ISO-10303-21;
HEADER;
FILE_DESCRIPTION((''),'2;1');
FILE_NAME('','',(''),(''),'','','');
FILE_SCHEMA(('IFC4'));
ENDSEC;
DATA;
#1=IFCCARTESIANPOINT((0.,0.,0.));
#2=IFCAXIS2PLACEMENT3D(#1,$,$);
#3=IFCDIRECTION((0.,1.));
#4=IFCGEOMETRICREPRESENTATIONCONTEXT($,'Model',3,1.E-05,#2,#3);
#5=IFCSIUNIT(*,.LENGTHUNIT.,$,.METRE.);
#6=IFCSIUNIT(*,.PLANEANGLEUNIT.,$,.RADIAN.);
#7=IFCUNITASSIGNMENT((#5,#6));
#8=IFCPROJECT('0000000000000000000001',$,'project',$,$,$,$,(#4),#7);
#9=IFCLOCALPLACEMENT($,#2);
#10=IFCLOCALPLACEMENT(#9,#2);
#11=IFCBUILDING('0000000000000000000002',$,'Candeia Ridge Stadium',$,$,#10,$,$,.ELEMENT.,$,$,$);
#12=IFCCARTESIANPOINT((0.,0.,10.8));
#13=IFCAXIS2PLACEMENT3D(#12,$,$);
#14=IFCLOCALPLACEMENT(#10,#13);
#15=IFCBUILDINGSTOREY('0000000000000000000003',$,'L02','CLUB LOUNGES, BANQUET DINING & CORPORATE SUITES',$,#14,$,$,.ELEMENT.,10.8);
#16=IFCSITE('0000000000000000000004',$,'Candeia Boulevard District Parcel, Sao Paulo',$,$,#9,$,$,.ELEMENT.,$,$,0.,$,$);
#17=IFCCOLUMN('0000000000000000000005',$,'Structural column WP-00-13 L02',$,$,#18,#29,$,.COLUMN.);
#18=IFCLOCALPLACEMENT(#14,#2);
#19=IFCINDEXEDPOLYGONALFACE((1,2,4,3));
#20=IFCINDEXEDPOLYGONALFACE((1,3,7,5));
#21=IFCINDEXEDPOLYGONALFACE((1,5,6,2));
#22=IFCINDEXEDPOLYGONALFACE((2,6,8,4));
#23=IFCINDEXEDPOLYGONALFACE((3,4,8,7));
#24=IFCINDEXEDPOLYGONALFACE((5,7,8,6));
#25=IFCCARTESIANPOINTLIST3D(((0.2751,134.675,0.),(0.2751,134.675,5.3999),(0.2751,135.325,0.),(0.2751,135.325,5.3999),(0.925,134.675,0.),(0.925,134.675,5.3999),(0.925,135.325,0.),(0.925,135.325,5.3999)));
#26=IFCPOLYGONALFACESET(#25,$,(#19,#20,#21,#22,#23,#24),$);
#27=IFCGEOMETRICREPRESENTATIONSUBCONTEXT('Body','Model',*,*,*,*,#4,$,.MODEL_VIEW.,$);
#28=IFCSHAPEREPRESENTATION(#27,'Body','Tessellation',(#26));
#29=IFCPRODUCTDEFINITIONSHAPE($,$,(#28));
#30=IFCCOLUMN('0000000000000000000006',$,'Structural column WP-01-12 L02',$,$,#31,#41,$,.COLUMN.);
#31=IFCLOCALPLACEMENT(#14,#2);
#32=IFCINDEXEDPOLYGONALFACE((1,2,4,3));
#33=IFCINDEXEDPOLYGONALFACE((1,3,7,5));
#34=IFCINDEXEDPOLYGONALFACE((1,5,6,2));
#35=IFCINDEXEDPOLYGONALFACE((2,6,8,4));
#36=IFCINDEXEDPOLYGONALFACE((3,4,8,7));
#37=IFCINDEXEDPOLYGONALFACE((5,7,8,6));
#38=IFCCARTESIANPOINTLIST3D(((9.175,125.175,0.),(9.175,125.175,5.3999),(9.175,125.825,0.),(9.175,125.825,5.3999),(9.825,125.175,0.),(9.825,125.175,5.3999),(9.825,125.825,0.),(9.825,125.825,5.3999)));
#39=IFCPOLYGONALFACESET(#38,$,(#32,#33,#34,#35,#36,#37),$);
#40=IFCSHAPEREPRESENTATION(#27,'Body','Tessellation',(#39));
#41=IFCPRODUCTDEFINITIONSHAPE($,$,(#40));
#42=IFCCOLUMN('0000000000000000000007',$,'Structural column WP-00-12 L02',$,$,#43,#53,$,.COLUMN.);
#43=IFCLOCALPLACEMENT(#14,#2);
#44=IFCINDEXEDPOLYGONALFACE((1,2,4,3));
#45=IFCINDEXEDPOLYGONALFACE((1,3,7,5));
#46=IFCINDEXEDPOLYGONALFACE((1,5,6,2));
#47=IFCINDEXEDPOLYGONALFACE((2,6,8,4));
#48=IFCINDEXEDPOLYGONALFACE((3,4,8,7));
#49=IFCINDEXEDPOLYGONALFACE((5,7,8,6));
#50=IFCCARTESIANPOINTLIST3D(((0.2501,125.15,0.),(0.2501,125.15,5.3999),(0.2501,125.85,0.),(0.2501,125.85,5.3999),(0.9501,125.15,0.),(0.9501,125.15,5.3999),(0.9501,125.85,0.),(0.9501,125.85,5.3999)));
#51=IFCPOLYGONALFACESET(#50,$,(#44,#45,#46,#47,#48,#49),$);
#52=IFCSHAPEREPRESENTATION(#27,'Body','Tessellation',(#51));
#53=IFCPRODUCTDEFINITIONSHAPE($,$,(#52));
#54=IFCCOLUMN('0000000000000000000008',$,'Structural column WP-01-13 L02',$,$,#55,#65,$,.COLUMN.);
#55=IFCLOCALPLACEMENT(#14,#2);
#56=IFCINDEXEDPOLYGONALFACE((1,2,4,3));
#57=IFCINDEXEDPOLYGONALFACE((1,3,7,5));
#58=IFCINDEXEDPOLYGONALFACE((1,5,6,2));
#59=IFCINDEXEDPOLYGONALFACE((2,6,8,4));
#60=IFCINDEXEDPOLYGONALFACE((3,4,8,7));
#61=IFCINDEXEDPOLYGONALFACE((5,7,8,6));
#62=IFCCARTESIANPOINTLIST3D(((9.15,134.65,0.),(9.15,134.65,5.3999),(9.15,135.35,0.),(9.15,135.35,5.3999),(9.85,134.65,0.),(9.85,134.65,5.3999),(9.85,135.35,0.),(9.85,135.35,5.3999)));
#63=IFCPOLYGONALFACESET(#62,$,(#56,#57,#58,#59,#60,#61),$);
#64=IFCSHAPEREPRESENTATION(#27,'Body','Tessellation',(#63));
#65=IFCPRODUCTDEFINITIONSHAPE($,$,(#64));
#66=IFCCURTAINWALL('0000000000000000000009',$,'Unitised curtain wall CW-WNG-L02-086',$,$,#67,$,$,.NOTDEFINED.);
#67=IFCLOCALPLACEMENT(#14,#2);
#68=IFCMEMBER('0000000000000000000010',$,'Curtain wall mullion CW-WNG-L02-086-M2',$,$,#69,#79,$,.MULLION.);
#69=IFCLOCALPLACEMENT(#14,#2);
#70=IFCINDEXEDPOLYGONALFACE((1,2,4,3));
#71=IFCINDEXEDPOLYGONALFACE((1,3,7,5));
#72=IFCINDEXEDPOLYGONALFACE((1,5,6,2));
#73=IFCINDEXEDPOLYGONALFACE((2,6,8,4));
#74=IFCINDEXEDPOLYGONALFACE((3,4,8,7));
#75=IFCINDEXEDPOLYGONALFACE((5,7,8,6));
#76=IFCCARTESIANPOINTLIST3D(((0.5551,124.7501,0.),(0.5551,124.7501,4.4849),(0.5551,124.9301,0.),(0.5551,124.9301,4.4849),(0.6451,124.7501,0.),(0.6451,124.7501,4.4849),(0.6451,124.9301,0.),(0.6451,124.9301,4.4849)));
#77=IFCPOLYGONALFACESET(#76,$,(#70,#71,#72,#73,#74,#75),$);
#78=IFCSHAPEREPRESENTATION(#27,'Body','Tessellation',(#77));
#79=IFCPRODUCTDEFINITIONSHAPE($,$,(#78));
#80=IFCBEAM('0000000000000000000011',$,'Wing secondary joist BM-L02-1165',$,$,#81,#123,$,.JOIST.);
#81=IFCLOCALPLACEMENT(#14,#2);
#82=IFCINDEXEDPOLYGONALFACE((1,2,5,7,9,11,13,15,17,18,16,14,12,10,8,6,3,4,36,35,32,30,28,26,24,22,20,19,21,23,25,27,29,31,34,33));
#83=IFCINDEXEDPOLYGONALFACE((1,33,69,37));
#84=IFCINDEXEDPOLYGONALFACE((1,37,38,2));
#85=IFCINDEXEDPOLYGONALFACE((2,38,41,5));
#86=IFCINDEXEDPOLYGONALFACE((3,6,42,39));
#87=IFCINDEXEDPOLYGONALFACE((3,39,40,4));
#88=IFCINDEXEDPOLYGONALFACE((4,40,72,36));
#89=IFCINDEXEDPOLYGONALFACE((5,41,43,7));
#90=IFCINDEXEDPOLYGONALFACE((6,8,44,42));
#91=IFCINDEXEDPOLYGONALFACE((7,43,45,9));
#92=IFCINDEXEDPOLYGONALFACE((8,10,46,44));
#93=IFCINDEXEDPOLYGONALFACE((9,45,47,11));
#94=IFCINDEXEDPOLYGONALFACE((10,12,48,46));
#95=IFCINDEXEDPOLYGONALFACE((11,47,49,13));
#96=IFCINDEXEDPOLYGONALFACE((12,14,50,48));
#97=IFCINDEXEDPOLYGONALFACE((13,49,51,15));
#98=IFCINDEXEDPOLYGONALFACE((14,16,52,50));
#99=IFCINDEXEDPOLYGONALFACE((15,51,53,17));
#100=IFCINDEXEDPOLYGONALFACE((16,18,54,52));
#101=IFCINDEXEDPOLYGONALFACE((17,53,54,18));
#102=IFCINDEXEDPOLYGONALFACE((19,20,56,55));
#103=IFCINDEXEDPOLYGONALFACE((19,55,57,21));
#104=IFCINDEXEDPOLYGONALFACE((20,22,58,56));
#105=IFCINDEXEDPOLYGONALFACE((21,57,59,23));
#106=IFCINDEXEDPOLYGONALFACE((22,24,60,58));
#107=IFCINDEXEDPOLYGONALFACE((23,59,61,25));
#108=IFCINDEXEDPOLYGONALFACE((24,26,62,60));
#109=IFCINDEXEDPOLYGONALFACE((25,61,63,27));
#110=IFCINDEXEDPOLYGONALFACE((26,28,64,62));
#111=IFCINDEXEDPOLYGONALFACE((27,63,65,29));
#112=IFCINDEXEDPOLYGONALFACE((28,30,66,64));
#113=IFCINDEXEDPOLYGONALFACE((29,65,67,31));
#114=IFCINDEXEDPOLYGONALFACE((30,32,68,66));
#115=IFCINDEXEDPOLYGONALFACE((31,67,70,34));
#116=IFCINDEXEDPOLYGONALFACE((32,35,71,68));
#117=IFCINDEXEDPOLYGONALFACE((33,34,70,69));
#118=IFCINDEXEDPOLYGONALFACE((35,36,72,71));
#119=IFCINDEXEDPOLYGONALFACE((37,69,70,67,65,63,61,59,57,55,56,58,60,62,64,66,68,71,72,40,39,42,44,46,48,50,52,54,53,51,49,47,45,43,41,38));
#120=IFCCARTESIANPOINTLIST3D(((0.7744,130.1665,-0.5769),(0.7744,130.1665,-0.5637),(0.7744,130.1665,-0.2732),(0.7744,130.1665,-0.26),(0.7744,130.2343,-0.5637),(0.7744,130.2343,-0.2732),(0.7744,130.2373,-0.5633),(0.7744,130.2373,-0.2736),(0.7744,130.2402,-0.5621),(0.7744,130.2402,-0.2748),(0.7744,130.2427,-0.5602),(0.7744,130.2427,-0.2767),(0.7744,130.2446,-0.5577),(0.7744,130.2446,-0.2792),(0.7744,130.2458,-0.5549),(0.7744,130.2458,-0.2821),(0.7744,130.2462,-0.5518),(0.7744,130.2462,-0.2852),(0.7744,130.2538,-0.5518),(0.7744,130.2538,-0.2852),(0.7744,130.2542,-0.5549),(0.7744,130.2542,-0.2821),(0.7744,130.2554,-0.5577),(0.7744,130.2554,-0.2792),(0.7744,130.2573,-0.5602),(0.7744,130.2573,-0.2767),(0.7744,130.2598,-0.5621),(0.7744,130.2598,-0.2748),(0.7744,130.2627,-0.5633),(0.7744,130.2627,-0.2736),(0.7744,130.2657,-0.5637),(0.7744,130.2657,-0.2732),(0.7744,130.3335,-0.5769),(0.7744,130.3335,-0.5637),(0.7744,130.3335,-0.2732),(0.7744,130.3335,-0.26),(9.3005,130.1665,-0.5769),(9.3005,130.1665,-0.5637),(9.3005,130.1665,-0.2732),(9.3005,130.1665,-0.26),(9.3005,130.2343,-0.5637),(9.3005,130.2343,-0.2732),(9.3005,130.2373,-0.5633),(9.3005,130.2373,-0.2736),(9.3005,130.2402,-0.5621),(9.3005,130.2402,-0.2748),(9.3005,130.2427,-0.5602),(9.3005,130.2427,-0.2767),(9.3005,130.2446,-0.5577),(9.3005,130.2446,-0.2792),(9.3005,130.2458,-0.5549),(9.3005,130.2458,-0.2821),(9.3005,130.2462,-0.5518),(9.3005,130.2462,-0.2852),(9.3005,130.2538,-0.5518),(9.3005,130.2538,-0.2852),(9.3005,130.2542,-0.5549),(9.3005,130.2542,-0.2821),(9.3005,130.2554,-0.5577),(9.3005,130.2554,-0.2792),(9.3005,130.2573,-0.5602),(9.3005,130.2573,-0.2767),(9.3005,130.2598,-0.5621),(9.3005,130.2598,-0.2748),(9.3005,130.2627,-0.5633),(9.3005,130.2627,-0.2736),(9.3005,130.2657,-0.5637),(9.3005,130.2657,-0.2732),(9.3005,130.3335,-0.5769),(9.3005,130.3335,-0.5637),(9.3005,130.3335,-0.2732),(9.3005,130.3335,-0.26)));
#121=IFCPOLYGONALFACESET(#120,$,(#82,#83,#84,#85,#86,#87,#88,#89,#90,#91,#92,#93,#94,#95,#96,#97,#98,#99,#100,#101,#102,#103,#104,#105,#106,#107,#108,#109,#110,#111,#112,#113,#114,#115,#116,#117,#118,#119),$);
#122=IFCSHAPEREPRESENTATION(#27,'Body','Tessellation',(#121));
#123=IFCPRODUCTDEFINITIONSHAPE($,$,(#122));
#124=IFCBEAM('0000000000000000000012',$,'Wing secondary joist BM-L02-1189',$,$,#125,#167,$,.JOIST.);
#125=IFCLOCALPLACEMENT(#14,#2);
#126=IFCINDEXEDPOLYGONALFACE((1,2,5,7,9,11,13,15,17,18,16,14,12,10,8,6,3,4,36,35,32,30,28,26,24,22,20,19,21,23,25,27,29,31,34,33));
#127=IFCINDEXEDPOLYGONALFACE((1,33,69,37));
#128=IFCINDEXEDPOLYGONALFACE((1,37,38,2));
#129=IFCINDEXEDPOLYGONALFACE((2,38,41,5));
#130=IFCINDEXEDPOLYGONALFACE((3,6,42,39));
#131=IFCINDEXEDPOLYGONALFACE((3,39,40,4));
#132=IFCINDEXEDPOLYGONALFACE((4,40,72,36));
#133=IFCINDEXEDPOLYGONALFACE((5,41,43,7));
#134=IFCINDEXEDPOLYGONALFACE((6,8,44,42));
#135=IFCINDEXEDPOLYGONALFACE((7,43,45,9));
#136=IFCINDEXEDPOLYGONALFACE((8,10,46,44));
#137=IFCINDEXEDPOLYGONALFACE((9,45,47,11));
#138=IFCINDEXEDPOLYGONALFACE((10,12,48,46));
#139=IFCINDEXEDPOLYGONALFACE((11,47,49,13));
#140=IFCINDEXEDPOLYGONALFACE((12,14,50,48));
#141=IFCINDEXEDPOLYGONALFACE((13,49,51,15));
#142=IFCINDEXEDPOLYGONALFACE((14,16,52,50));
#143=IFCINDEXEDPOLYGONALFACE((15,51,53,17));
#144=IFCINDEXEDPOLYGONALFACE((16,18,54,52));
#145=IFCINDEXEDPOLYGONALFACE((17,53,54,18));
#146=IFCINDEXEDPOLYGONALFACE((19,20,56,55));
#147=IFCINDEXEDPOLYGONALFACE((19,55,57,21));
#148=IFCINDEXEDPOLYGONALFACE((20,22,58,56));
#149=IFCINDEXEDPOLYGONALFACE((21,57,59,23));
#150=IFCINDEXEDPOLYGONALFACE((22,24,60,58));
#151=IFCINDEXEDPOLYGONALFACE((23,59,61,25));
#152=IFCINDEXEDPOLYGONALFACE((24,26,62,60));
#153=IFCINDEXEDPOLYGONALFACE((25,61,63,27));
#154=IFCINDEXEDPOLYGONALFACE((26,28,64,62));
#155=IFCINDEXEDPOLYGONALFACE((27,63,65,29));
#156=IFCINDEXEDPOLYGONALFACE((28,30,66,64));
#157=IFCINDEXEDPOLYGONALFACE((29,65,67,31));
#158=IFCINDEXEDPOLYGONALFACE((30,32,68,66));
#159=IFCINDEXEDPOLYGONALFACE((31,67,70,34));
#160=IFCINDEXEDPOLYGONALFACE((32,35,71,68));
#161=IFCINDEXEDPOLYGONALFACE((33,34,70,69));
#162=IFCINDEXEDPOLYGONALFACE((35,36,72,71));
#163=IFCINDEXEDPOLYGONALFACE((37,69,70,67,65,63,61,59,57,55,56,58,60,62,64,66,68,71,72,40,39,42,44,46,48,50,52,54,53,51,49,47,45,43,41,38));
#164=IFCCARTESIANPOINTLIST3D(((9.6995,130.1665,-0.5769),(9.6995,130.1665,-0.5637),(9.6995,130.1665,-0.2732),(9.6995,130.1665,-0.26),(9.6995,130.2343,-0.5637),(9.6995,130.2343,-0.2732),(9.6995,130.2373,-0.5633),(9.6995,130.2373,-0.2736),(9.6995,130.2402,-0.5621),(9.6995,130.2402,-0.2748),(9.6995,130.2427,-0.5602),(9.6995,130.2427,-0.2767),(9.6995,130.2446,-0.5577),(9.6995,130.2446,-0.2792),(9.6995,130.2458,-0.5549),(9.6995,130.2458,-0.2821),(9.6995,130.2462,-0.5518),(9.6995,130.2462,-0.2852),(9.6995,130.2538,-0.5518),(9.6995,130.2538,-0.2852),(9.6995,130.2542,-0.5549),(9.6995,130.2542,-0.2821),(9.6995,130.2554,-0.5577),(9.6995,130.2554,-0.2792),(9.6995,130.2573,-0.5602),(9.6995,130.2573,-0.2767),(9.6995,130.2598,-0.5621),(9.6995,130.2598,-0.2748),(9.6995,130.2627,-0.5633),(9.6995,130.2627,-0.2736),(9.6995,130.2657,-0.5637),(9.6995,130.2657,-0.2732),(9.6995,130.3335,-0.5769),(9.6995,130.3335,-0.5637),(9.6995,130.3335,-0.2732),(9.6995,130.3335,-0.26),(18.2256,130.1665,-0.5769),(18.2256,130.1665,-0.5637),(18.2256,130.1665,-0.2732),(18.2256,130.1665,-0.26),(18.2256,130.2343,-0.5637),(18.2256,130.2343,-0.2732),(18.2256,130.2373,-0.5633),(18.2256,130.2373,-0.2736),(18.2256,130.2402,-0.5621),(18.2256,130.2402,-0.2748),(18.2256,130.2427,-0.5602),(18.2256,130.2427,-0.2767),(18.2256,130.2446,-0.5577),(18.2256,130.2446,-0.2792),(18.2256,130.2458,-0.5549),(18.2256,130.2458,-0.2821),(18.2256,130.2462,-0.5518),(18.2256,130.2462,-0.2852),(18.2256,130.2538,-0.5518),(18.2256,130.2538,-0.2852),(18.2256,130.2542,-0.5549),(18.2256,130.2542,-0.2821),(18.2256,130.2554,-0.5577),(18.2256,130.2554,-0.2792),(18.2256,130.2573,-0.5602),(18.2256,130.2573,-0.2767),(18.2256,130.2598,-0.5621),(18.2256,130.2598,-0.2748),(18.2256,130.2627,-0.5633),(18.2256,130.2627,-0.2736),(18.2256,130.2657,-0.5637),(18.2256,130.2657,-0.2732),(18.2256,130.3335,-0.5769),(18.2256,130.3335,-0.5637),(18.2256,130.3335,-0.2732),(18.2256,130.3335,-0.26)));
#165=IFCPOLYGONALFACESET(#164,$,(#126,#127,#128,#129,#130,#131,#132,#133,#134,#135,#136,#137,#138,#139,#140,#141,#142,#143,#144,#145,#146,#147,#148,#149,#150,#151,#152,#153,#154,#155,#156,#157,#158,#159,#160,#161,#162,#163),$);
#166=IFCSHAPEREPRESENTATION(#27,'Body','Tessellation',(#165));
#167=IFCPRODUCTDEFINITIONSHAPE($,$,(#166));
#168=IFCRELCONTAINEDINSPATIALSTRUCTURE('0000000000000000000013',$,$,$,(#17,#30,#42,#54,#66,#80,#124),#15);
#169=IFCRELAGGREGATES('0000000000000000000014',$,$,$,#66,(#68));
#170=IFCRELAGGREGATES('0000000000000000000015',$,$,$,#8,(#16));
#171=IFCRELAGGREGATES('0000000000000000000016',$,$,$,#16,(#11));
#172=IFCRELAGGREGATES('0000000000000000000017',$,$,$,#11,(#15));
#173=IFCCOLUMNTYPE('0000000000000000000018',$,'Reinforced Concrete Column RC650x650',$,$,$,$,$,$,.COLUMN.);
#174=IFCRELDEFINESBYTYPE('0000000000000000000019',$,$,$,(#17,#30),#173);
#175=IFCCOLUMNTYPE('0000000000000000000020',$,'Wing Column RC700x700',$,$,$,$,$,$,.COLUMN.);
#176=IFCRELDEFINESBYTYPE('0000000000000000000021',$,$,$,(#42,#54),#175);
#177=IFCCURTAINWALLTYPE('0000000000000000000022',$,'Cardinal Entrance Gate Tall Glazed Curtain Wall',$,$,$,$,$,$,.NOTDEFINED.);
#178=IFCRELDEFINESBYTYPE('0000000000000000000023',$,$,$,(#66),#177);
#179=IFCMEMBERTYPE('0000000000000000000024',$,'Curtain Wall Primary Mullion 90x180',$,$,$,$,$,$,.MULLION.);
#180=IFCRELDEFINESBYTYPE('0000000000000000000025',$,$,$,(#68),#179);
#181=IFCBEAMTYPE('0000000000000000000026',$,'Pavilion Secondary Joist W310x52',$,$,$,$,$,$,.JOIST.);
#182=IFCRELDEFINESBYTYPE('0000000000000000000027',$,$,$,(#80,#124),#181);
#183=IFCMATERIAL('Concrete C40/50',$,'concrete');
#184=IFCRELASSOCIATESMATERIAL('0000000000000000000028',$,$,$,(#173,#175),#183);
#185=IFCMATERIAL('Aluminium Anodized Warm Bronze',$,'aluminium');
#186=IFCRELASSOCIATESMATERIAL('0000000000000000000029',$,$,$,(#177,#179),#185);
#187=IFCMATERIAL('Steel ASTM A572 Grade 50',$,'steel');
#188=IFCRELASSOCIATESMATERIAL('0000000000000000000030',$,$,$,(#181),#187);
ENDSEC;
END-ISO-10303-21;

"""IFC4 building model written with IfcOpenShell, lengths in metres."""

from ifc_helpers import new_model, si_unit, direction, frame, origin, origin_2d, place, context, subcontext, project, spatial, rectangle, i_section, extrude, material, material_profile, profile_set, type_object, element, aggregate, save


model = new_model("IFC4")

# Units and contexts
model_context = context("Model", 3, precision=1e-05, world=origin(), true_north=direction((0.0, 1.0)))
body_context = subcontext(model_context, "Body", "Model", "MODEL_VIEW")
ifc_project = project(units=[si_unit("LENGTHUNIT", "METRE"), si_unit("PLANEANGLEUNIT", "RADIAN")], contexts=[model_context])

# Site, building, storey
site_placement = place(None, origin())
site = spatial("IfcSite", under=ifc_project, at=site_placement, Name="Candeia Boulevard District Parcel, Sao Paulo", CompositionType="ELEMENT", RefElevation=0.0)
building_placement = place(site_placement, origin())
building = spatial("IfcBuilding", under=site, at=building_placement, Name="Candeia Ridge Stadium", CompositionType="ELEMENT")
storey_placement = place(building_placement, frame((0.0, 0.0, 10.8)))
storey = spatial("IfcBuildingStorey", under=building, at=storey_placement, Name="L02", Description="CLUB LOUNGES, BANQUET DINING & CORPORATE SUITES", CompositionType="ELEMENT", Elevation=10.8)

# Columns
ifc_material_1 = material(Name="Concrete C40/50", Category="concrete")
ifc_material_profile_1 = material_profile(ifc_material_1, rectangle(XDim=0.6499, YDim=0.6499, at=origin_2d()), Name="RC650x650", Category="concrete")
ifc_profile_set_1 = profile_set([ifc_material_profile_1], Name="Concrete C40/50")
column_type_1 = type_object("IfcColumnType", Name="Reinforced Concrete Column RC650x650", PredefinedType="COLUMN", material=ifc_profile_set_1)
for number, where, z_axis, x_axis, name in (
    (1, (0.6001, 135.0, 0.0), (0.0, 0.0, 1.0), (1.0, 0.0, 0.0), "Structural column WP-00-13 L02"),
    (2, (9.5, 125.5, 0.0), (0.0, 0.0, 1.0), (1.0, 0.0, 0.0), "Structural column WP-01-12 L02"),
):
    element("IfcColumn", number, at=place(storey_placement, frame(where, z_axis=z_axis, x_axis=x_axis)), inside=storey, type_object=column_type_1, Name=name, PredefinedType="COLUMN", context=body_context, shape_type="SweptSolid", body=[
        extrude(rectangle(XDim=0.6499, YDim=0.6499, at=origin_2d()), origin(), (0.0, 0.0, 1.0), 5.3999),
    ])
ifc_material_profile_2 = material_profile(ifc_material_1, rectangle(XDim=0.7, YDim=0.7, at=origin_2d()), Name="RC700x700", Category="concrete")
ifc_profile_set_2 = profile_set([ifc_material_profile_2], Name="Concrete C40/50")
column_type_2 = type_object("IfcColumnType", Name="Wing Column RC700x700", PredefinedType="COLUMN", material=ifc_profile_set_2)
for number, where, z_axis, x_axis, name in (
    (3, (0.6001, 125.5, 0.0), (0.0, 0.0, 1.0), (1.0, 0.0, 0.0), "Structural column WP-00-12 L02"),
    (4, (9.5, 135.0, 0.0), (0.0, 0.0, 1.0), (1.0, 0.0, 0.0), "Structural column WP-01-13 L02"),
):
    element("IfcColumn", number, at=place(storey_placement, frame(where, z_axis=z_axis, x_axis=x_axis)), inside=storey, type_object=column_type_2, Name=name, PredefinedType="COLUMN", context=body_context, shape_type="SweptSolid", body=[
        extrude(rectangle(XDim=0.7, YDim=0.7, at=origin_2d()), origin(), (0.0, 0.0, 1.0), 5.3999),
    ])

# Curtain wall, member
ifc_material_2 = material(Name="Aluminium Anodized Warm Bronze", Category="aluminium")
curtain_wall_type = type_object("IfcCurtainWallType", Name="Cardinal Entrance Gate Tall Glazed Curtain Wall", PredefinedType="NOTDEFINED", material=ifc_material_2)
curtain_wall_placement = place(storey_placement, origin())
curtain_wall = element("IfcCurtainWall", 5, at=curtain_wall_placement, inside=storey, type_object=curtain_wall_type, Name="Unitised curtain wall CW-WNG-L02-086", PredefinedType="NOTDEFINED")
ifc_material_profile_3 = material_profile(ifc_material_2, rectangle(XDim=0.0901, YDim=0.1799, at=origin_2d()), Name="CWM-90x180", Category="aluminium")
ifc_profile_set_3 = profile_set([ifc_material_profile_3], Name="Aluminium Anodized Warm Bronze")
member_type = type_object("IfcMemberType", Name="Curtain Wall Primary Mullion 90x180", PredefinedType="MULLION", material=ifc_profile_set_3)
member_placement = place(storey_placement, frame((0.6001, 124.8401, 0.0), z_axis=(0.0, 0.0, 1.0), x_axis=(1.0, 0.0, 0.0)))
member = element("IfcMember", 6, at=member_placement, type_object=member_type, Name="Curtain wall mullion CW-WNG-L02-086-M2", PredefinedType="MULLION", context=body_context, shape_type="SweptSolid", body=[
    extrude(rectangle(XDim=0.0901, YDim=0.1799, at=origin_2d()), origin(), (0.0, 0.0, 1.0), 4.4849),
])

# Beams
ifc_material_3 = material(Name="Steel ASTM A572 Grade 50", Category="steel")
ifc_material_profile_4 = material_profile(ifc_material_3, i_section(OverallWidth=0.167, OverallDepth=0.3169, WebThickness=0.0076, FlangeThickness=0.0132, FilletRadius=0.012, at=origin_2d()), Name="W310x52", Category="steel")
ifc_profile_set_4 = profile_set([ifc_material_profile_4], Name="Steel ASTM A572 Grade 50")
beam_type_1 = type_object("IfcBeamType", Name="Pavilion Secondary Joist W310x52", PredefinedType="JOIST", material=ifc_profile_set_4)
for number, where, z_axis, x_axis, name in (
    (7, (0.7744, 130.25, -0.4185), (1.0, 0.0, 0.0), (0.0, 1.0, 0.0), "Wing secondary joist BM-L02-1165"),
    (8, (9.6995, 130.25, -0.4185), (1.0, 0.0, 0.0), (0.0, 1.0, 0.0), "Wing secondary joist BM-L02-1189"),
):
    element("IfcBeam", number, at=place(storey_placement, frame(where, z_axis=z_axis, x_axis=x_axis)), inside=storey, type_object=beam_type_1, Name=name, PredefinedType="JOIST", context=body_context, shape_type="SweptSolid", body=[
        extrude(i_section(OverallWidth=0.167, OverallDepth=0.3169, WebThickness=0.0076, FlangeThickness=0.0132, FilletRadius=0.012, at=origin_2d()), origin(), (0.0, 0.0, 1.0), 8.5261),
    ])

aggregate(curtain_wall, [member])

save(model, "model.ifc")
